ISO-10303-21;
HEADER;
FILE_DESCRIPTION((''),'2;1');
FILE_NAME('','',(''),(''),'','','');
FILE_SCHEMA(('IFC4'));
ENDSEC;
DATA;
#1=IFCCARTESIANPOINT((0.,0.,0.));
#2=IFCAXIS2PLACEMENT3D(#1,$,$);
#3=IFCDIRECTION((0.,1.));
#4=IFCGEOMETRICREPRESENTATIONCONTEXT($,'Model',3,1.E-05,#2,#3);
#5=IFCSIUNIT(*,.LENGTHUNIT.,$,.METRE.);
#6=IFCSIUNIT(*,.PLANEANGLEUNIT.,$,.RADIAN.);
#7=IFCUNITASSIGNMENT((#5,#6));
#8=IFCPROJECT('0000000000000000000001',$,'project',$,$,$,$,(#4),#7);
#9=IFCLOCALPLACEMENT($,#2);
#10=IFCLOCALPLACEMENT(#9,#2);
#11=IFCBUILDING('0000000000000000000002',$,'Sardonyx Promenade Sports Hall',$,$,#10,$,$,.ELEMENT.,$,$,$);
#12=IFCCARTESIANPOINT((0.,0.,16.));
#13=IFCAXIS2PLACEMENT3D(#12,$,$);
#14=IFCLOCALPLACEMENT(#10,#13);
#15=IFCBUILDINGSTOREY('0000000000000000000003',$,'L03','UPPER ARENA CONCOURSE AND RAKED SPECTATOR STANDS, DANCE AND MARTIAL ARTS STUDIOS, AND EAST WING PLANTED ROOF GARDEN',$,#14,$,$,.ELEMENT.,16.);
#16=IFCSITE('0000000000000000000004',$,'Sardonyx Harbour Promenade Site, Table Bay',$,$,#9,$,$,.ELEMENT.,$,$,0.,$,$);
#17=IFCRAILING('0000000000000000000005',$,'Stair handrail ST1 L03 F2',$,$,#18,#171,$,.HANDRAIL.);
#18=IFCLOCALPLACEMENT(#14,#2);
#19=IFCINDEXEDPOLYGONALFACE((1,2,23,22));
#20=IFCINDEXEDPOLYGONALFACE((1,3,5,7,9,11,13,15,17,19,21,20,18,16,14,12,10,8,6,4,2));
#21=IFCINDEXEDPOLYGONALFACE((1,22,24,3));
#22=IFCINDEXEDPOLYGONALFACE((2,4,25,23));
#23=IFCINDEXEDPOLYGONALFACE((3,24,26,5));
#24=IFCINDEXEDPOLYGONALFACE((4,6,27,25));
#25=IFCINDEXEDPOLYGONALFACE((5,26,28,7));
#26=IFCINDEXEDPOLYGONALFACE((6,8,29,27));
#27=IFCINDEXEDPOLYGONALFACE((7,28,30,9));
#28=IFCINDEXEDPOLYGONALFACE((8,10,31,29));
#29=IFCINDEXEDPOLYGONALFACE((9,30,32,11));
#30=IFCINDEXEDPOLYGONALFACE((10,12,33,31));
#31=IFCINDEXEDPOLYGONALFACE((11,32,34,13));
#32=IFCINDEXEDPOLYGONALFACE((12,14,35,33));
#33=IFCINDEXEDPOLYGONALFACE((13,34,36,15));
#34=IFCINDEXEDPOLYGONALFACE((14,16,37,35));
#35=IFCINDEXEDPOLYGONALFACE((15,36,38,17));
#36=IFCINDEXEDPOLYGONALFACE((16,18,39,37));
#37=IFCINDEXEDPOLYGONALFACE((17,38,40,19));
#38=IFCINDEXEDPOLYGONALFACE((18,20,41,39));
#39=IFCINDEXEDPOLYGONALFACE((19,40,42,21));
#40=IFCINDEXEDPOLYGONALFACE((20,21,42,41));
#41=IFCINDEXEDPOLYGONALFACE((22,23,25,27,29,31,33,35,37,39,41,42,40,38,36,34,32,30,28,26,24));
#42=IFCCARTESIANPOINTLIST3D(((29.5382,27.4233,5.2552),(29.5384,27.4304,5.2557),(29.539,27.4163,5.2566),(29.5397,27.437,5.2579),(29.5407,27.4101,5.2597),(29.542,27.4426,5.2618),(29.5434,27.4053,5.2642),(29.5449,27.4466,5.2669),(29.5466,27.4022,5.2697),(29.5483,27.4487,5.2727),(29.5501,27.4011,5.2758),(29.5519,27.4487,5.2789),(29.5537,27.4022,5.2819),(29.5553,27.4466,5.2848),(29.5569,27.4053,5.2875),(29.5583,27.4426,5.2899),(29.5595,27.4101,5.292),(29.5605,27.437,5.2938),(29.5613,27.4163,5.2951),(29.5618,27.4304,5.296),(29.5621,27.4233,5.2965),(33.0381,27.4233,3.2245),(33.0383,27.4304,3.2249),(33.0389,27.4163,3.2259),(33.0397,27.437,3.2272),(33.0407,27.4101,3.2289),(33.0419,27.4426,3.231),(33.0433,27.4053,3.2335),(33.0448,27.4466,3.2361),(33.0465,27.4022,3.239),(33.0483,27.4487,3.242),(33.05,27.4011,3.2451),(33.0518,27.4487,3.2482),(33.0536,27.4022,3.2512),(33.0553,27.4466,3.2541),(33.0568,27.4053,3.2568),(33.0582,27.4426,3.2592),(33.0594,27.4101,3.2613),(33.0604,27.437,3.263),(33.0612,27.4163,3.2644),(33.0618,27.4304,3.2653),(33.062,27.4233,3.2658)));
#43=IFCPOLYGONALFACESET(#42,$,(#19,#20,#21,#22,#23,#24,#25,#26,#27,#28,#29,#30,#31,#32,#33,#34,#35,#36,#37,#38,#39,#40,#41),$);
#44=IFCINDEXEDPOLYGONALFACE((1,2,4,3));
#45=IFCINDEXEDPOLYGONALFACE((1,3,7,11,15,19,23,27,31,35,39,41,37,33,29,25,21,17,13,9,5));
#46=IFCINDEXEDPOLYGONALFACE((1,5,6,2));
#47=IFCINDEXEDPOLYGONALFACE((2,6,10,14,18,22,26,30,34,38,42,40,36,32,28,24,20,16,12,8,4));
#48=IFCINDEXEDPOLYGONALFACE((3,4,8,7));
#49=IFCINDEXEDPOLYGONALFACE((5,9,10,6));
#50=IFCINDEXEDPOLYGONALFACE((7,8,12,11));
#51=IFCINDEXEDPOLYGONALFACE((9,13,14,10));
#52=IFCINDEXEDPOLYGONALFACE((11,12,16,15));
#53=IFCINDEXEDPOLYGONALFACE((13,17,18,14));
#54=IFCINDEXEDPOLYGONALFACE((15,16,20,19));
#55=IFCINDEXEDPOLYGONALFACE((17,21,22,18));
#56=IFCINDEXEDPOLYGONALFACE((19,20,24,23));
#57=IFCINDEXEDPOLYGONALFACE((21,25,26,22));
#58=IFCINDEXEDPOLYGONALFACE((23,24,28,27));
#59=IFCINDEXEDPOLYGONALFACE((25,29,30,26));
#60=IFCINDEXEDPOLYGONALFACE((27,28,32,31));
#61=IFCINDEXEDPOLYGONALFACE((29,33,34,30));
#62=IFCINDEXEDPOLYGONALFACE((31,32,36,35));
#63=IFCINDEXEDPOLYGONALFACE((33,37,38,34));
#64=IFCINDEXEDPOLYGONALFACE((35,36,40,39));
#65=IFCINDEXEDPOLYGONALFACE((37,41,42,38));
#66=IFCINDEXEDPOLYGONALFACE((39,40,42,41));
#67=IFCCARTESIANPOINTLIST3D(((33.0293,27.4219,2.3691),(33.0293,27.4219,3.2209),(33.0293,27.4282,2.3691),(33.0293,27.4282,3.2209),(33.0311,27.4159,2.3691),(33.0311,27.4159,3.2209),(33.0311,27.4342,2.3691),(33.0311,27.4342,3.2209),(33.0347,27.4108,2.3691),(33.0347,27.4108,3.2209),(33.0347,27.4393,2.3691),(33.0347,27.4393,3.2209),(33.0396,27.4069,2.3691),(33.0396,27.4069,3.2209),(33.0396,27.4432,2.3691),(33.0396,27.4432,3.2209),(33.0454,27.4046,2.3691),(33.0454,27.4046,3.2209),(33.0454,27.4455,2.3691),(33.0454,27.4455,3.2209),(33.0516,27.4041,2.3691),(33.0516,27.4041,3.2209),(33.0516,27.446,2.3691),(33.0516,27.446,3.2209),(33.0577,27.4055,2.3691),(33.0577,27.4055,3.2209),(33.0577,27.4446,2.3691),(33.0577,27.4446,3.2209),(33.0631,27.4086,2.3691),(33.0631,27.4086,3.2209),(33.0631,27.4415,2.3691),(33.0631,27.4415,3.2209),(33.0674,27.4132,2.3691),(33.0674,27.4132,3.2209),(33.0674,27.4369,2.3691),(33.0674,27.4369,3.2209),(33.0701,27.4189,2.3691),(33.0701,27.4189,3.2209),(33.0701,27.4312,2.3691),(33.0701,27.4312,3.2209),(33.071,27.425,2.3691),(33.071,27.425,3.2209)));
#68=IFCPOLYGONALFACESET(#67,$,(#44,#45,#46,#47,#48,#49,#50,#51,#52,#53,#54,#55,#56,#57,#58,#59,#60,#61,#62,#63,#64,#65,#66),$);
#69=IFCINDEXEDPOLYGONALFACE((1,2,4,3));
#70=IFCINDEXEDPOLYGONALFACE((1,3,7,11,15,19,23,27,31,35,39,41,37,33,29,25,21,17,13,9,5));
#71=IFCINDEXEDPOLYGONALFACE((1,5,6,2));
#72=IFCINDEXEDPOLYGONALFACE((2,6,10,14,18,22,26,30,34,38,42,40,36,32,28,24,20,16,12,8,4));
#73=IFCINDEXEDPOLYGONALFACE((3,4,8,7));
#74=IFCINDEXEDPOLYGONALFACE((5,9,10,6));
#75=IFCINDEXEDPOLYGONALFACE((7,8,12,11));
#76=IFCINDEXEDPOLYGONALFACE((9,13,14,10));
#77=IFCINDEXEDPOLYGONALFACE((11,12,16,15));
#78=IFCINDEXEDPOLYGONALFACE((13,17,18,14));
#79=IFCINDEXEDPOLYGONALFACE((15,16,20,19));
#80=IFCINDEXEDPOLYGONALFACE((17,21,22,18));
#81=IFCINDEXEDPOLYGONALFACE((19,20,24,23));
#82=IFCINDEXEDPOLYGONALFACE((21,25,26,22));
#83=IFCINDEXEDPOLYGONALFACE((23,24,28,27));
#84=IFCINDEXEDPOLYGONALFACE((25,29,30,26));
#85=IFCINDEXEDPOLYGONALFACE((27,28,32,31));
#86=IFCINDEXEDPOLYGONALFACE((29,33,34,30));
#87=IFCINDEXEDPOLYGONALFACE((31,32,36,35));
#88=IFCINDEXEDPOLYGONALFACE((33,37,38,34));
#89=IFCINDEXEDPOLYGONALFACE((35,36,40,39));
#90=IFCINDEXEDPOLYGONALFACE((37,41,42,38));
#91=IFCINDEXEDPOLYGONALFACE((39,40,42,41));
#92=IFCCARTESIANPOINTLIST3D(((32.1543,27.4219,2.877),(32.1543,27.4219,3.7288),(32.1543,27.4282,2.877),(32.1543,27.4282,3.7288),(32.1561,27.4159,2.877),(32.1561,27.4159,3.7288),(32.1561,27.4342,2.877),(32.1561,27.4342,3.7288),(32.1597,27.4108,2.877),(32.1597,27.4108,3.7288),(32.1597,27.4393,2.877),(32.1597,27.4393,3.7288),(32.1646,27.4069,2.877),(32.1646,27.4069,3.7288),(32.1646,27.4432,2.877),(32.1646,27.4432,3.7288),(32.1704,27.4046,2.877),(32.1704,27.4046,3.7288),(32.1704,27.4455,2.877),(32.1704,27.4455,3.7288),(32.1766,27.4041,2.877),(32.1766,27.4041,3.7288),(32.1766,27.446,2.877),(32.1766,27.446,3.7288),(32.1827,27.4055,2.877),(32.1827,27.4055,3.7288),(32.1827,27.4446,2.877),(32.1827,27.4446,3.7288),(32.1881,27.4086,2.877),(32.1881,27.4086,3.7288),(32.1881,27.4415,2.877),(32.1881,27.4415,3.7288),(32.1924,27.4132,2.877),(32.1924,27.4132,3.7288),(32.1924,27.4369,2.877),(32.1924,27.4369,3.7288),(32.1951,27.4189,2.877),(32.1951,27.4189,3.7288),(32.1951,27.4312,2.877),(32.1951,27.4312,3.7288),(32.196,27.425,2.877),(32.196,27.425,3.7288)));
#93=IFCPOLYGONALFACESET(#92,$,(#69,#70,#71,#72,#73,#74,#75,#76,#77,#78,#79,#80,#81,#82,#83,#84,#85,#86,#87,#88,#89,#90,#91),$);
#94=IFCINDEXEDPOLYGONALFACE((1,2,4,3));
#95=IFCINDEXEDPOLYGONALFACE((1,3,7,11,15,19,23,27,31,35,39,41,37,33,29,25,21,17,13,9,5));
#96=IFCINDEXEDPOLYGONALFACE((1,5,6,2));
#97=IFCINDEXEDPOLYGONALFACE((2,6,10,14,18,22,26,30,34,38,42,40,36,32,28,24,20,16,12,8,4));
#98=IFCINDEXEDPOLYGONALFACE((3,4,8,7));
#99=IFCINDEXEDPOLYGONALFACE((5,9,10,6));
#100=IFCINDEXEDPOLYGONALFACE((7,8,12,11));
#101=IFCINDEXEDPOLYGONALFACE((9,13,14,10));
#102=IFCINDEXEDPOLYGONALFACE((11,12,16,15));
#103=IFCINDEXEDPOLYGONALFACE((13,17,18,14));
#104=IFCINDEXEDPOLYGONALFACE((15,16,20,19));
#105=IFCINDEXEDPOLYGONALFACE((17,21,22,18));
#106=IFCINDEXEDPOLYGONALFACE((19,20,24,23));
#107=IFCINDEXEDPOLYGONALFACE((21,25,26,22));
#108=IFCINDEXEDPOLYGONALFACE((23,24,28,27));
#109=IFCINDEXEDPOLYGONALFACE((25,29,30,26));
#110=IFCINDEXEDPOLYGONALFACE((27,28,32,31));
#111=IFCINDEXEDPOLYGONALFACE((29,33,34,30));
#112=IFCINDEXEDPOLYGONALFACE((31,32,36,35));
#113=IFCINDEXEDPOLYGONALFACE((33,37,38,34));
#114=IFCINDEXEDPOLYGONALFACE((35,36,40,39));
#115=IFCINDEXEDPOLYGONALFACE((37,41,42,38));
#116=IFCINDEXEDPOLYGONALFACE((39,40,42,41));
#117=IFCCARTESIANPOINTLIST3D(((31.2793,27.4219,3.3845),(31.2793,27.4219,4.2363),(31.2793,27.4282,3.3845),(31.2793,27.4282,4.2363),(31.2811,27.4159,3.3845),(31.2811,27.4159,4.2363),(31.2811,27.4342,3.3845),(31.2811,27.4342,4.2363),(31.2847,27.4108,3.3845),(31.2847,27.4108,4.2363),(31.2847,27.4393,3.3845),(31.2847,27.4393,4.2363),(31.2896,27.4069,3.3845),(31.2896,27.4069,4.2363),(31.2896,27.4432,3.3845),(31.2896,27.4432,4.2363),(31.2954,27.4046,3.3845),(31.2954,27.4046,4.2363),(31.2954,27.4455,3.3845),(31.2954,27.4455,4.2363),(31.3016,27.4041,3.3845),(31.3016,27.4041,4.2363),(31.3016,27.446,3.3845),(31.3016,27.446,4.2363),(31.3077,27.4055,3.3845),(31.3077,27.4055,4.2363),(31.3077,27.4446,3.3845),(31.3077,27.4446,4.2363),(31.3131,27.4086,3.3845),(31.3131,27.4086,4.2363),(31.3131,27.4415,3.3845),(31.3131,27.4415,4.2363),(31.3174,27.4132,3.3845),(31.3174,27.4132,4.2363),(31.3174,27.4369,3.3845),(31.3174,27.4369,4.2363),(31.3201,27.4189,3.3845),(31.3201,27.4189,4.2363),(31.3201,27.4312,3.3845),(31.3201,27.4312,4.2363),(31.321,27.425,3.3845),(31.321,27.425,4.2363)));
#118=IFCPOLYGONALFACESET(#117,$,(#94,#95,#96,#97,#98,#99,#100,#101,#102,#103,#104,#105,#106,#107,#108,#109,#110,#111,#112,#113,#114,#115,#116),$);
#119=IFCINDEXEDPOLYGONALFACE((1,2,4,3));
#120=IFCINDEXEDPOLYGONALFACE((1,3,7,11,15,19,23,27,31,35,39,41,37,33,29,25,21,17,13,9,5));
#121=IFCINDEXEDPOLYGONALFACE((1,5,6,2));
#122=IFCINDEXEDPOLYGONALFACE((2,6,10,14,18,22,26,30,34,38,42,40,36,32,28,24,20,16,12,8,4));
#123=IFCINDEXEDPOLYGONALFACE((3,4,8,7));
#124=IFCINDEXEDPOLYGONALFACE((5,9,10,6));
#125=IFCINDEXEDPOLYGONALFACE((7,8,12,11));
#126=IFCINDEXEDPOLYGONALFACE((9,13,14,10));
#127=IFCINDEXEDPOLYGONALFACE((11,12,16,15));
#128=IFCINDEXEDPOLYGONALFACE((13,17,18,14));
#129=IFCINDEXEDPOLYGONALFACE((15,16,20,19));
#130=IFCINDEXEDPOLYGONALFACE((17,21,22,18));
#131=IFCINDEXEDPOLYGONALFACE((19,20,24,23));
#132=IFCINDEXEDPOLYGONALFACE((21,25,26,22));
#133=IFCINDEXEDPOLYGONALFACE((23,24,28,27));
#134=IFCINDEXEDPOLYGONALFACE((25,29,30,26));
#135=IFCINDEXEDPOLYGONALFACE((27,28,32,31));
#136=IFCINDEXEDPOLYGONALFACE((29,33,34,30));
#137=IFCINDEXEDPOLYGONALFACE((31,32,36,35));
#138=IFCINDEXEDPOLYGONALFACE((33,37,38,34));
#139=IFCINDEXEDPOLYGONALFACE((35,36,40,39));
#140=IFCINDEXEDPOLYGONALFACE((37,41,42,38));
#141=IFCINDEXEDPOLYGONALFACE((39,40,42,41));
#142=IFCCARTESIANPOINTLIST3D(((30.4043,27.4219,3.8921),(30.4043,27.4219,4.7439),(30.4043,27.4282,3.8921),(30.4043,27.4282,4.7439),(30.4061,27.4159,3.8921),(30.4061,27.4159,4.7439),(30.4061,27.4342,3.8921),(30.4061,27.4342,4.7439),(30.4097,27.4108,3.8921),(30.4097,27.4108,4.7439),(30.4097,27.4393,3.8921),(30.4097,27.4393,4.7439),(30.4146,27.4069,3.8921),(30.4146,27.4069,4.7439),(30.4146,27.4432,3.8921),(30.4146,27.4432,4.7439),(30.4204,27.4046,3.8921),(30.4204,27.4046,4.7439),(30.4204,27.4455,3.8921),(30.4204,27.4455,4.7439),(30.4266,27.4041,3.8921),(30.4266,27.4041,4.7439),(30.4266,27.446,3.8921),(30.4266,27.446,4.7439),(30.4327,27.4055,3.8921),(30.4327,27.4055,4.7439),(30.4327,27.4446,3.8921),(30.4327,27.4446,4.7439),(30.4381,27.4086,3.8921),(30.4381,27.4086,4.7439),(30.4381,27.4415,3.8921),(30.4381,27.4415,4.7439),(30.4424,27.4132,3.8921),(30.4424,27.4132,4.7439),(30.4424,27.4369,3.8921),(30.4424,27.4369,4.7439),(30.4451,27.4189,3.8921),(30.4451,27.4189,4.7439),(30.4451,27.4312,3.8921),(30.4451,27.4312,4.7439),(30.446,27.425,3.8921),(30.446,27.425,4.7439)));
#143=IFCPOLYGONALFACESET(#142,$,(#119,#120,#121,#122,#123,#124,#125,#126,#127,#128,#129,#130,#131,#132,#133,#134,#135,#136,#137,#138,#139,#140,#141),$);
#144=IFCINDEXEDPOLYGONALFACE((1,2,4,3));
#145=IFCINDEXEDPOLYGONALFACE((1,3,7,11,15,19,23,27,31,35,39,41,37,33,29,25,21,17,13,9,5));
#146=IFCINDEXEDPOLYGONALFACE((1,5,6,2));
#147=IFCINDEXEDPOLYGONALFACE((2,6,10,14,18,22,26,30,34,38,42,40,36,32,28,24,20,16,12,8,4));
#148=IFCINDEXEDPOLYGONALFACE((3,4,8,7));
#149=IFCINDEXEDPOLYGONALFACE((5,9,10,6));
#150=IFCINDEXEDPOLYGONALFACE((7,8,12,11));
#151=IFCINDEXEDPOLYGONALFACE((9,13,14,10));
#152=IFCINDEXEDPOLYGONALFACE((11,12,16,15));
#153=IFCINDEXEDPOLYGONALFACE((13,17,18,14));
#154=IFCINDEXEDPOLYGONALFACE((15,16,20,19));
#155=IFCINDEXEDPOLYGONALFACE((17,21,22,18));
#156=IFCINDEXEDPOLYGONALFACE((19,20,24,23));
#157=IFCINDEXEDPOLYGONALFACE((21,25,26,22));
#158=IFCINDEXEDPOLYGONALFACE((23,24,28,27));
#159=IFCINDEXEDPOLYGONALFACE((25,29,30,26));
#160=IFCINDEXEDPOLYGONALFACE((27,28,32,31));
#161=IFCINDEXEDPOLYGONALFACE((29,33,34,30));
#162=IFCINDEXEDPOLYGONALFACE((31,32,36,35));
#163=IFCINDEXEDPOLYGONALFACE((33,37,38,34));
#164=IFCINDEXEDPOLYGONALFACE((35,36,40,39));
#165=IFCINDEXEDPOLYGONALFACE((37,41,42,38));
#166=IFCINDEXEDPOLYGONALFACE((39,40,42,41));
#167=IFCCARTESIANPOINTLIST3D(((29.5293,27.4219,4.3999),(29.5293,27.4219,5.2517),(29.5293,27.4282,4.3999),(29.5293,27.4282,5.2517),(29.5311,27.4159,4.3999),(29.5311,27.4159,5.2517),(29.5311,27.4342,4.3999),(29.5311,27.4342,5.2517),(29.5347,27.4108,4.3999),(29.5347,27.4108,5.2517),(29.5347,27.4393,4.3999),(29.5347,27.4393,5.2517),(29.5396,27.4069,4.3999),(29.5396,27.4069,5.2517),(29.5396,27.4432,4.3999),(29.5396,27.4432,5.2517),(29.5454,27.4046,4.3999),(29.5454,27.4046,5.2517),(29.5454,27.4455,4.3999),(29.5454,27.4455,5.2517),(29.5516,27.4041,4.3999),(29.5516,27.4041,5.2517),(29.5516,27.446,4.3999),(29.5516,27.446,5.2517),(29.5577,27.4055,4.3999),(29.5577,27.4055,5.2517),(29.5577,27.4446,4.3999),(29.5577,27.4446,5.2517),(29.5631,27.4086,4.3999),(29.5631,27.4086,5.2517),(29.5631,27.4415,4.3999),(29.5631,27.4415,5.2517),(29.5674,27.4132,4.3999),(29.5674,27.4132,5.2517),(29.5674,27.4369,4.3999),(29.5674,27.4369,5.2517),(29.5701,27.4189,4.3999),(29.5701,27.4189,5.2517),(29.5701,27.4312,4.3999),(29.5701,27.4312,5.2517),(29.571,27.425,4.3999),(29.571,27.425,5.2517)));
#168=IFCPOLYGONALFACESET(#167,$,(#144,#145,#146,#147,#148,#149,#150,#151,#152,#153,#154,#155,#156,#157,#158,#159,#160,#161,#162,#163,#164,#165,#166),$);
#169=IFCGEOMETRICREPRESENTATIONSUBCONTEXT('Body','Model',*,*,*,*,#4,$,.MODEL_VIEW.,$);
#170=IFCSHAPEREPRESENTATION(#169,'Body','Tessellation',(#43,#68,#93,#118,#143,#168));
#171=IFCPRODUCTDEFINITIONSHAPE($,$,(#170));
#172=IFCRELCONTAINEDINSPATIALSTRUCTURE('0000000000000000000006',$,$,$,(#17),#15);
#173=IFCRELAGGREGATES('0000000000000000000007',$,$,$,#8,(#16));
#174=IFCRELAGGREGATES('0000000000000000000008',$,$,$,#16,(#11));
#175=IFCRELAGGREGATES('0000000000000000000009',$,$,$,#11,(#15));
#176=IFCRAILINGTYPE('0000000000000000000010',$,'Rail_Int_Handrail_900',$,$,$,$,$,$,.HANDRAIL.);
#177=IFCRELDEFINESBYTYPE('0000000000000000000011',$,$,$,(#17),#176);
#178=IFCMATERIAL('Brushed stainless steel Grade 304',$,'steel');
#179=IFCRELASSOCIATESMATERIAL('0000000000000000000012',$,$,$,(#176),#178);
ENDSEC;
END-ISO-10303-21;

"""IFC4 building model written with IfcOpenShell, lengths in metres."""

from ifc_helpers import new_model, si_unit, direction, frame, origin, origin_2d, place, context, subcontext, project, spatial, circle, extrude, material, type_object, element, save


model = new_model("IFC4")

# Units and contexts
model_context = context("Model", 3, precision=1e-05, world=origin(), true_north=direction((0.0, 1.0)))
body_context = subcontext(model_context, "Body", "Model", "MODEL_VIEW")
ifc_project = project(units=[si_unit("LENGTHUNIT", "METRE"), si_unit("PLANEANGLEUNIT", "RADIAN")], contexts=[model_context])

# Site, building, storey
site_placement = place(None, origin())
site = spatial("IfcSite", under=ifc_project, at=site_placement, Name="Sardonyx Harbour Promenade Site, Table Bay", CompositionType="ELEMENT", RefElevation=0.0)
building_placement = place(site_placement, origin())
building = spatial("IfcBuilding", under=site, at=building_placement, Name="Sardonyx Promenade Sports Hall", CompositionType="ELEMENT")
storey_placement = place(building_placement, frame((0.0, 0.0, 16.0)))
storey = spatial("IfcBuildingStorey", under=building, at=storey_placement, Name="L03", Description="UPPER ARENA CONCOURSE AND RAKED SPECTATOR STANDS, DANCE AND MARTIAL ARTS STUDIOS, AND EAST WING PLANTED ROOF GARDEN", CompositionType="ELEMENT", Elevation=16.0)

# Railing
ifc_material_1 = material(Name="Brushed stainless steel Grade 304", Category="steel")
railing_type = type_object("IfcRailingType", Name="Rail_Int_Handrail_900", PredefinedType="HANDRAIL", material=ifc_material_1)
railing_placement = place(storey_placement, frame((33.05, 27.425, 2.3691)))
element("IfcRailing", 1, at=railing_placement, inside=storey, type_object=railing_type, Name="Stair handrail ST1 L03 F2", PredefinedType="HANDRAIL", context=body_context, shape_type="SweptSolid", body=[
    extrude(circle(Radius=0.0239, at=origin_2d()), frame((0.0, 0.0, 0.876), z_axis=(-0.864949, 0.0, 0.501859), x_axis=(0.0, -1.0, 0.0)), (0.0, 0.0, 1.0), 4.0464),
    extrude(circle(Radius=0.021, at=origin_2d()), origin(), (0.0, 0.0, 1.0), 0.8518),
    extrude(circle(Radius=0.021, at=origin_2d()), frame((-0.875, 0.0, 0.5078)), (0.0, 0.0, 1.0), 0.8518),
    extrude(circle(Radius=0.021, at=origin_2d()), frame((-1.75, 0.0, 1.0154)), (0.0, 0.0, 1.0), 0.8518),
    extrude(circle(Radius=0.021, at=origin_2d()), frame((-2.625, 0.0, 1.5229)), (0.0, 0.0, 1.0), 0.8518),
    extrude(circle(Radius=0.021, at=origin_2d()), frame((-3.5, 0.0, 2.0308)), (0.0, 0.0, 1.0), 0.8518),
])

save(model, "model.ifc")
